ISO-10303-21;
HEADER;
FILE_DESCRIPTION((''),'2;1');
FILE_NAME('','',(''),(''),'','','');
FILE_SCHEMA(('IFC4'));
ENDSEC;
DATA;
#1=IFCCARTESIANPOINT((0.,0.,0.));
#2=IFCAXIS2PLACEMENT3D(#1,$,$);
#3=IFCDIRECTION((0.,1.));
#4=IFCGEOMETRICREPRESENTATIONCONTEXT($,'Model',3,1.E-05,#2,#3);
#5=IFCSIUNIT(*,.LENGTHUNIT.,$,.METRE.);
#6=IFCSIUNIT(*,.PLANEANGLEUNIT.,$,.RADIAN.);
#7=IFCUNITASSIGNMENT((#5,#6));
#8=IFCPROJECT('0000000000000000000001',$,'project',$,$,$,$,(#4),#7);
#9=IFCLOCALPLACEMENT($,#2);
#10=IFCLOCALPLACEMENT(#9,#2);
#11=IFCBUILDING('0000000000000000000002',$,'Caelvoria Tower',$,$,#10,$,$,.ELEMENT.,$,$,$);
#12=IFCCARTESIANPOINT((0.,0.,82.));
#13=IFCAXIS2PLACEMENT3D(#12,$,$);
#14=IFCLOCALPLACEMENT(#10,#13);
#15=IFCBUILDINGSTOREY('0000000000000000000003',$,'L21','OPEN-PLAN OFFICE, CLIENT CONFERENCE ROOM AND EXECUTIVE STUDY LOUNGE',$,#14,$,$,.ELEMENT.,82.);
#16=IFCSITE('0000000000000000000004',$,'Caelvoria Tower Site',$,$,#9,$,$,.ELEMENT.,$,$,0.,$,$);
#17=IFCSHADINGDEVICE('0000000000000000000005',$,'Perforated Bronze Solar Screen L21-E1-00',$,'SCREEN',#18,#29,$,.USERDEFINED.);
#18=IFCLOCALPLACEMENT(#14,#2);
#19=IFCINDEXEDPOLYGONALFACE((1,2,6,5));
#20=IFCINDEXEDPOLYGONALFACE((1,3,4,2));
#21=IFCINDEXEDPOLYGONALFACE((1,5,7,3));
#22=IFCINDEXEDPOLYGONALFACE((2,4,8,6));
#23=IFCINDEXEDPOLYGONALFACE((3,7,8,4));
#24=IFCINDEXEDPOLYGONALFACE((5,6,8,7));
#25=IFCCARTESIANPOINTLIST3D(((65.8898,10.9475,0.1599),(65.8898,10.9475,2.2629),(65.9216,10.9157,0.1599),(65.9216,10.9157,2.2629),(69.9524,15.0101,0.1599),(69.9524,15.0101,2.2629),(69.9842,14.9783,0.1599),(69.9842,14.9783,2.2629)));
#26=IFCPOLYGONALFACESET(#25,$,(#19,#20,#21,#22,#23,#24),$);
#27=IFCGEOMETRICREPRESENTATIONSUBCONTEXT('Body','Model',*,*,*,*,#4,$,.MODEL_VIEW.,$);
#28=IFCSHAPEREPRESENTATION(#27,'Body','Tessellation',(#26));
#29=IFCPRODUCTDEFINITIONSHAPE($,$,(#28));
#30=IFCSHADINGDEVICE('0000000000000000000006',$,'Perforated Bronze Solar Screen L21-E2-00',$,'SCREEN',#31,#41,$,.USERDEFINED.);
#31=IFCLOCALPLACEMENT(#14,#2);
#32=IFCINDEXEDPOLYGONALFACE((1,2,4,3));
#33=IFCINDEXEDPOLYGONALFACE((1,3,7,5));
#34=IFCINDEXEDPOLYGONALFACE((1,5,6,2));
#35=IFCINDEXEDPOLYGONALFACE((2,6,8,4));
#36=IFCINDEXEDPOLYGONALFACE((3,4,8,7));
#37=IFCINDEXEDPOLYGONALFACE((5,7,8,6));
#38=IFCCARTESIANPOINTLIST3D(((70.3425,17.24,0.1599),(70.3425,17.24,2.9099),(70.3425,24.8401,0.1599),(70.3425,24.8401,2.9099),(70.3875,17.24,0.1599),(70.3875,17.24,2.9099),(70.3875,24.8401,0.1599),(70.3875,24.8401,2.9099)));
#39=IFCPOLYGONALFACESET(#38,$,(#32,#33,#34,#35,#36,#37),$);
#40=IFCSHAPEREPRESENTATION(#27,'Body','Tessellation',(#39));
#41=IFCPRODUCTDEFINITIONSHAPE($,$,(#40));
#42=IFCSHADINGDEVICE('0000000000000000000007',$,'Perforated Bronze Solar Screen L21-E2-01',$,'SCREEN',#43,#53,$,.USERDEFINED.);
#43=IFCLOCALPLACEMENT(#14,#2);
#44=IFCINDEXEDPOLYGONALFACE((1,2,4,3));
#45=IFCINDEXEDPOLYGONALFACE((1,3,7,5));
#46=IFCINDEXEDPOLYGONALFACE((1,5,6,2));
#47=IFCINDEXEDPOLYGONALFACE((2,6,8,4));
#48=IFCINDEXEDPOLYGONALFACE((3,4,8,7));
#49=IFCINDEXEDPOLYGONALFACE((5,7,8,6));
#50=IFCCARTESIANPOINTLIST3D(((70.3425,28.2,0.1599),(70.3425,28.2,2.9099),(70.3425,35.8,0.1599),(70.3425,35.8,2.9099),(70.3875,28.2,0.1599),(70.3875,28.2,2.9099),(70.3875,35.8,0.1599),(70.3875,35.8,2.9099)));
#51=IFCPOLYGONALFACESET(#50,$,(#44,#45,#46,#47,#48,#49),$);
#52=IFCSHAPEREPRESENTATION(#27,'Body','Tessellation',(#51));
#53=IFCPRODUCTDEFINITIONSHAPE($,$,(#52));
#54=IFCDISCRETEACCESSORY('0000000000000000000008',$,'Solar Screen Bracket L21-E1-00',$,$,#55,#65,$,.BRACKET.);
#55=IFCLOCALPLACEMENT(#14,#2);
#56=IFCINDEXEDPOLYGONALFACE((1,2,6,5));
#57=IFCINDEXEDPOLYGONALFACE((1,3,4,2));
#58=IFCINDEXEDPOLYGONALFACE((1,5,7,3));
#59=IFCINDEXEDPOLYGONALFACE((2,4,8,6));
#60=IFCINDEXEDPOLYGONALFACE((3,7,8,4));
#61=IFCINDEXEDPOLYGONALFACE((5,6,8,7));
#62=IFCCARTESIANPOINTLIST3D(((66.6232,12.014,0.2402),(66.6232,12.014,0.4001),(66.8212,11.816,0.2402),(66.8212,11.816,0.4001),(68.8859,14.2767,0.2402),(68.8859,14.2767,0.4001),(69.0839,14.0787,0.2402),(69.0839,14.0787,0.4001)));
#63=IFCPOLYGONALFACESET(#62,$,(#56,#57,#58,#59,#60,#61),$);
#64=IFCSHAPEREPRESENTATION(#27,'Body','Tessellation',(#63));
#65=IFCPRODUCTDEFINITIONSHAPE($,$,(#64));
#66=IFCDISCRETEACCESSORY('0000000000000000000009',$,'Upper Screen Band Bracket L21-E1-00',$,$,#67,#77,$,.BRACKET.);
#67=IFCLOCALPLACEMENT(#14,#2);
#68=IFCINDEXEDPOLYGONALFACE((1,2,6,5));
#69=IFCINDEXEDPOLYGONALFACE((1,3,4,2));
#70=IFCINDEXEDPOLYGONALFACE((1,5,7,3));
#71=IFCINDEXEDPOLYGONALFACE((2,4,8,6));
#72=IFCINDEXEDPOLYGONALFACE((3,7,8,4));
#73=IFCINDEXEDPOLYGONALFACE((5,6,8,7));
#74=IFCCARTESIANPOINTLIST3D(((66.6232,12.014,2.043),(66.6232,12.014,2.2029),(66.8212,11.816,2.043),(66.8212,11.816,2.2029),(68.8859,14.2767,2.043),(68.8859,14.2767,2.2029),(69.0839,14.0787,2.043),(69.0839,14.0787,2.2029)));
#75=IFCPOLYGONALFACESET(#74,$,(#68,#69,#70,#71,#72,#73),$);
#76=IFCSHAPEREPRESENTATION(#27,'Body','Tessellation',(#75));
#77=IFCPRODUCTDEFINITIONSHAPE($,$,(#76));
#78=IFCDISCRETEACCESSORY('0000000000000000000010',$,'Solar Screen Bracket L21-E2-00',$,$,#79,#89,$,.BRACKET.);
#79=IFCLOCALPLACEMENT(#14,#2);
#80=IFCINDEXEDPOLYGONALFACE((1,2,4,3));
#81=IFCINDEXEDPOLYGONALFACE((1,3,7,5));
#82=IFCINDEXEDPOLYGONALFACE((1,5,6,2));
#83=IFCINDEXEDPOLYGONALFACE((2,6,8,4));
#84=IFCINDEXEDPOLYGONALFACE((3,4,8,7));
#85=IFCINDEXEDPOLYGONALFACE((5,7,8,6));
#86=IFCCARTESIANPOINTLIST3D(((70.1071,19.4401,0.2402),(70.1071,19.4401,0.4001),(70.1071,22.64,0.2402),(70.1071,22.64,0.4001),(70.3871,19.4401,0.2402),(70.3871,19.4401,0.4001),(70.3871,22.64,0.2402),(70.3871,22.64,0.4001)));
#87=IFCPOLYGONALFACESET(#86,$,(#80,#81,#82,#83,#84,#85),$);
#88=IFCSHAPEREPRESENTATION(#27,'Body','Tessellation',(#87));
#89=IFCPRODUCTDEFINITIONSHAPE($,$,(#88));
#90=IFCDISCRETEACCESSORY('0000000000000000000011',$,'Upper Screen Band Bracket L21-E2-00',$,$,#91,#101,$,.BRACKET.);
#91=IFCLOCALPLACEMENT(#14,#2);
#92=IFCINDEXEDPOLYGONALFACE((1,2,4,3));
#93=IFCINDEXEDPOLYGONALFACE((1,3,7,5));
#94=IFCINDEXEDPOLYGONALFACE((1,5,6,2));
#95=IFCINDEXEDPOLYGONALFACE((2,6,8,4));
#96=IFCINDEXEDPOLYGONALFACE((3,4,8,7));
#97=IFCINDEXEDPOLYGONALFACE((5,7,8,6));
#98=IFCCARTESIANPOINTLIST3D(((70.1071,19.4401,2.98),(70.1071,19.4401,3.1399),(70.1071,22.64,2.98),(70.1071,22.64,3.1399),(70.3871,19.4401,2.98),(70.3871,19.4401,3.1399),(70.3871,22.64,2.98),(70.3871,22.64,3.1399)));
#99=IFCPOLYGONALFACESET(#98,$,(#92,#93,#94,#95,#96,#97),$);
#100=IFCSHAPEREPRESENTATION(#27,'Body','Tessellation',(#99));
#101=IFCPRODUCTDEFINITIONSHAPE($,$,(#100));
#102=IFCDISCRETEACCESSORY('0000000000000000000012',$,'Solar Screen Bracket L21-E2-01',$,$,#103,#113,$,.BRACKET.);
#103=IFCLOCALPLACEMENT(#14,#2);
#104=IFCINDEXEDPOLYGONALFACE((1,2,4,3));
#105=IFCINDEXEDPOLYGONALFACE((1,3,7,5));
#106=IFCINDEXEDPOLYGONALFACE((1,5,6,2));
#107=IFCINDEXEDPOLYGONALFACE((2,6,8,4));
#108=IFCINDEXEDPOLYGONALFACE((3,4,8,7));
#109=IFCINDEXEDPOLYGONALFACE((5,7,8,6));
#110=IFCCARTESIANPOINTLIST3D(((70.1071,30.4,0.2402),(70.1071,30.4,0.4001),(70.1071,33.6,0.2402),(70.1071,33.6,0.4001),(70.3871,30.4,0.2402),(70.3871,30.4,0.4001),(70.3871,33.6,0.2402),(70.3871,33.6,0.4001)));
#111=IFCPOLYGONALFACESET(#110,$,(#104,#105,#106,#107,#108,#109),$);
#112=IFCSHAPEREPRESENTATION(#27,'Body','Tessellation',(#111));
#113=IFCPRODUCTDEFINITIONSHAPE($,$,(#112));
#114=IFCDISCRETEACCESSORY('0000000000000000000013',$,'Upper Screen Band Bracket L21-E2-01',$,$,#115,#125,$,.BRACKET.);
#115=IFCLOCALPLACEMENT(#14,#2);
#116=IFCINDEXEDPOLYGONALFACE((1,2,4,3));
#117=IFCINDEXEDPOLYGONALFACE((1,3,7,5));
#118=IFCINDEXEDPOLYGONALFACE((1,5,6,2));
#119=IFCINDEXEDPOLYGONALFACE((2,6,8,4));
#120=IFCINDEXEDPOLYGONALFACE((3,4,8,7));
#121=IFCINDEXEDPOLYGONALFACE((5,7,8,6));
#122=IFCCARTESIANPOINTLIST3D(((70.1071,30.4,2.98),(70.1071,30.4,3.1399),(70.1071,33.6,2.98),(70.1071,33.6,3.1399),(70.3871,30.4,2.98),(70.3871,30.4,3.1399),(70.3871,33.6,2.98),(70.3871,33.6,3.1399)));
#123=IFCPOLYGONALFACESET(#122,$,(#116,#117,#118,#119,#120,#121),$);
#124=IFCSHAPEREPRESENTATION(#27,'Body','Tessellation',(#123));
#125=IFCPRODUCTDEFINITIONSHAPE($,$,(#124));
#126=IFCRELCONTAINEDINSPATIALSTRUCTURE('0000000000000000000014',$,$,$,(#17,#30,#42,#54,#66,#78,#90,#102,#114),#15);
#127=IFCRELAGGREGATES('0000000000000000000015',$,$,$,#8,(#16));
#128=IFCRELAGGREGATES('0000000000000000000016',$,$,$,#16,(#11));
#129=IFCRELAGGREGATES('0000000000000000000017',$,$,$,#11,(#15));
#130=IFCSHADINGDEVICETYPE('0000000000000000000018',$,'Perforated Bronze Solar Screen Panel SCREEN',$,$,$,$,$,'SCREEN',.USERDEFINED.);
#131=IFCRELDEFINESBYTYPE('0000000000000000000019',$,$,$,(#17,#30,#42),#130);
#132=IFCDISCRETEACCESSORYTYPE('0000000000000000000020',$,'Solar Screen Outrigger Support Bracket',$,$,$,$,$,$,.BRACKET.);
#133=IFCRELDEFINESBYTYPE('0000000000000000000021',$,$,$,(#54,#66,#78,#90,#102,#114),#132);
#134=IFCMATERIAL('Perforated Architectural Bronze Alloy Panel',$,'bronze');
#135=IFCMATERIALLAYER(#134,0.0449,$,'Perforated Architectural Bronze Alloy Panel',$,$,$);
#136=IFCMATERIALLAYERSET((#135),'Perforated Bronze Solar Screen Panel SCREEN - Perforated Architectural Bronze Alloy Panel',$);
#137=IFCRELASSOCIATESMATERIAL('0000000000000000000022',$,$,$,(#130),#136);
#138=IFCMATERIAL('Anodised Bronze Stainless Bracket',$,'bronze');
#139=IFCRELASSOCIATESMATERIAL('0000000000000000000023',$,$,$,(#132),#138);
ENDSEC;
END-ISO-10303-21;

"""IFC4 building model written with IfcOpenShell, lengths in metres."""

from ifc_helpers import new_model, si_unit, direction, frame, origin, origin_2d, place, context, subcontext, project, spatial, rectangle, extrude, material, layer, layer_set, type_object, element, save


model = new_model("IFC4")

# Units and contexts
model_context = context("Model", 3, precision=1e-05, world=origin(), true_north=direction((0.0, 1.0)))
body_context = subcontext(model_context, "Body", "Model", "MODEL_VIEW")
ifc_project = project(units=[si_unit("LENGTHUNIT", "METRE"), si_unit("PLANEANGLEUNIT", "RADIAN")], contexts=[model_context])

# Site, building, storey
site_placement = place(None, origin())
site = spatial("IfcSite", under=ifc_project, at=site_placement, Name="Caelvoria Tower Site", CompositionType="ELEMENT", RefElevation=0.0)
building_placement = place(site_placement, origin())
building = spatial("IfcBuilding", under=site, at=building_placement, Name="Caelvoria Tower", CompositionType="ELEMENT")
storey_placement = place(building_placement, frame((0.0, 0.0, 82.0)))
storey = spatial("IfcBuildingStorey", under=building, at=storey_placement, Name="L21", Description="OPEN-PLAN OFFICE, CLIENT CONFERENCE ROOM AND EXECUTIVE STUDY LOUNGE", CompositionType="ELEMENT", Elevation=82.0)

# Shading devices
ifc_material_1 = material(Name="Perforated Architectural Bronze Alloy Panel", Category="bronze")
ifc_layer_1 = layer(ifc_material_1, 0.0449, Name="Perforated Architectural Bronze Alloy Panel")
ifc_layer_set_1 = layer_set([ifc_layer_1], Name="Perforated Bronze Solar Screen Panel SCREEN - Perforated Architectural Bronze Alloy Panel")
shading_device_type = type_object("IfcShadingDeviceType", Name="Perforated Bronze Solar Screen Panel SCREEN", ElementType="SCREEN", PredefinedType="USERDEFINED", material=ifc_layer_set_1)
shading_device_placement = place(storey_placement, frame((67.937, 12.9629, 0.1599), z_axis=(0.0, 0.0, 1.0), x_axis=(0.707107, 0.707107, 0.0)))
element("IfcShadingDevice", 1, at=shading_device_placement, inside=storey, type_object=shading_device_type, Name="Perforated Bronze Solar Screen L21-E1-00", ObjectType="SCREEN", PredefinedType="USERDEFINED", context=body_context, shape_type="SweptSolid", body=[
    extrude(rectangle(XDim=5.7454, YDim=0.0449, at=origin_2d()), origin(), (0.0, 0.0, 1.0), 2.103),
])
for number, where, z_axis, x_axis, name in (
    (2, (70.365, 21.04, 0.1599), (0.0, 0.0, 1.0), (0.0, 1.0, 0.0), "Perforated Bronze Solar Screen L21-E2-00"),
    (3, (70.365, 32.0, 0.1599), (0.0, 0.0, 1.0), (0.0, 1.0, 0.0), "Perforated Bronze Solar Screen L21-E2-01"),
):
    element("IfcShadingDevice", number, at=place(storey_placement, frame(where, z_axis=z_axis, x_axis=x_axis)), inside=storey, type_object=shading_device_type, Name=name, ObjectType="SCREEN", PredefinedType="USERDEFINED", context=body_context, shape_type="SweptSolid", body=[
        extrude(rectangle(XDim=7.6001, YDim=0.0449, at=origin_2d()), origin(), (0.0, 0.0, 1.0), 2.75),
    ])

# Discrete accessories
ifc_material_2 = material(Name="Anodised Bronze Stainless Bracket", Category="bronze")
discrete_accessory_type = type_object("IfcDiscreteAccessoryType", Name="Solar Screen Outrigger Support Bracket", PredefinedType="BRACKET", material=ifc_material_2)
for number, where, z_axis, x_axis, name in (
    (4, (67.8535, 13.0464, 0.2402), (0.0, 0.0, 1.0), (0.707107, 0.707107, 0.0), "Solar Screen Bracket L21-E1-00"),
    (5, (67.8535, 13.0464, 2.043), (0.0, 0.0, 1.0), (0.707107, 0.707107, 0.0), "Upper Screen Band Bracket L21-E1-00"),
    (6, (70.2471, 21.04, 0.2402), (0.0, 0.0, 1.0), (0.0, 1.0, 0.0), "Solar Screen Bracket L21-E2-00"),
    (7, (70.2471, 21.04, 2.98), (0.0, 0.0, 1.0), (0.0, 1.0, 0.0), "Upper Screen Band Bracket L21-E2-00"),
    (8, (70.2471, 32.0, 0.2402), (0.0, 0.0, 1.0), (0.0, 1.0, 0.0), "Solar Screen Bracket L21-E2-01"),
    (9, (70.2471, 32.0, 2.98), (0.0, 0.0, 1.0), (0.0, 1.0, 0.0), "Upper Screen Band Bracket L21-E2-01"),
):
    element("IfcDiscreteAccessory", number, at=place(storey_placement, frame(where, z_axis=z_axis, x_axis=x_axis)), inside=storey, type_object=discrete_accessory_type, Name=name, PredefinedType="BRACKET", context=body_context, shape_type="SweptSolid", body=[
        extrude(rectangle(XDim=3.2, YDim=0.28, at=origin_2d()), origin(), (0.0, 0.0, 1.0), 0.1599),
    ])

save(model, "model.ifc")
